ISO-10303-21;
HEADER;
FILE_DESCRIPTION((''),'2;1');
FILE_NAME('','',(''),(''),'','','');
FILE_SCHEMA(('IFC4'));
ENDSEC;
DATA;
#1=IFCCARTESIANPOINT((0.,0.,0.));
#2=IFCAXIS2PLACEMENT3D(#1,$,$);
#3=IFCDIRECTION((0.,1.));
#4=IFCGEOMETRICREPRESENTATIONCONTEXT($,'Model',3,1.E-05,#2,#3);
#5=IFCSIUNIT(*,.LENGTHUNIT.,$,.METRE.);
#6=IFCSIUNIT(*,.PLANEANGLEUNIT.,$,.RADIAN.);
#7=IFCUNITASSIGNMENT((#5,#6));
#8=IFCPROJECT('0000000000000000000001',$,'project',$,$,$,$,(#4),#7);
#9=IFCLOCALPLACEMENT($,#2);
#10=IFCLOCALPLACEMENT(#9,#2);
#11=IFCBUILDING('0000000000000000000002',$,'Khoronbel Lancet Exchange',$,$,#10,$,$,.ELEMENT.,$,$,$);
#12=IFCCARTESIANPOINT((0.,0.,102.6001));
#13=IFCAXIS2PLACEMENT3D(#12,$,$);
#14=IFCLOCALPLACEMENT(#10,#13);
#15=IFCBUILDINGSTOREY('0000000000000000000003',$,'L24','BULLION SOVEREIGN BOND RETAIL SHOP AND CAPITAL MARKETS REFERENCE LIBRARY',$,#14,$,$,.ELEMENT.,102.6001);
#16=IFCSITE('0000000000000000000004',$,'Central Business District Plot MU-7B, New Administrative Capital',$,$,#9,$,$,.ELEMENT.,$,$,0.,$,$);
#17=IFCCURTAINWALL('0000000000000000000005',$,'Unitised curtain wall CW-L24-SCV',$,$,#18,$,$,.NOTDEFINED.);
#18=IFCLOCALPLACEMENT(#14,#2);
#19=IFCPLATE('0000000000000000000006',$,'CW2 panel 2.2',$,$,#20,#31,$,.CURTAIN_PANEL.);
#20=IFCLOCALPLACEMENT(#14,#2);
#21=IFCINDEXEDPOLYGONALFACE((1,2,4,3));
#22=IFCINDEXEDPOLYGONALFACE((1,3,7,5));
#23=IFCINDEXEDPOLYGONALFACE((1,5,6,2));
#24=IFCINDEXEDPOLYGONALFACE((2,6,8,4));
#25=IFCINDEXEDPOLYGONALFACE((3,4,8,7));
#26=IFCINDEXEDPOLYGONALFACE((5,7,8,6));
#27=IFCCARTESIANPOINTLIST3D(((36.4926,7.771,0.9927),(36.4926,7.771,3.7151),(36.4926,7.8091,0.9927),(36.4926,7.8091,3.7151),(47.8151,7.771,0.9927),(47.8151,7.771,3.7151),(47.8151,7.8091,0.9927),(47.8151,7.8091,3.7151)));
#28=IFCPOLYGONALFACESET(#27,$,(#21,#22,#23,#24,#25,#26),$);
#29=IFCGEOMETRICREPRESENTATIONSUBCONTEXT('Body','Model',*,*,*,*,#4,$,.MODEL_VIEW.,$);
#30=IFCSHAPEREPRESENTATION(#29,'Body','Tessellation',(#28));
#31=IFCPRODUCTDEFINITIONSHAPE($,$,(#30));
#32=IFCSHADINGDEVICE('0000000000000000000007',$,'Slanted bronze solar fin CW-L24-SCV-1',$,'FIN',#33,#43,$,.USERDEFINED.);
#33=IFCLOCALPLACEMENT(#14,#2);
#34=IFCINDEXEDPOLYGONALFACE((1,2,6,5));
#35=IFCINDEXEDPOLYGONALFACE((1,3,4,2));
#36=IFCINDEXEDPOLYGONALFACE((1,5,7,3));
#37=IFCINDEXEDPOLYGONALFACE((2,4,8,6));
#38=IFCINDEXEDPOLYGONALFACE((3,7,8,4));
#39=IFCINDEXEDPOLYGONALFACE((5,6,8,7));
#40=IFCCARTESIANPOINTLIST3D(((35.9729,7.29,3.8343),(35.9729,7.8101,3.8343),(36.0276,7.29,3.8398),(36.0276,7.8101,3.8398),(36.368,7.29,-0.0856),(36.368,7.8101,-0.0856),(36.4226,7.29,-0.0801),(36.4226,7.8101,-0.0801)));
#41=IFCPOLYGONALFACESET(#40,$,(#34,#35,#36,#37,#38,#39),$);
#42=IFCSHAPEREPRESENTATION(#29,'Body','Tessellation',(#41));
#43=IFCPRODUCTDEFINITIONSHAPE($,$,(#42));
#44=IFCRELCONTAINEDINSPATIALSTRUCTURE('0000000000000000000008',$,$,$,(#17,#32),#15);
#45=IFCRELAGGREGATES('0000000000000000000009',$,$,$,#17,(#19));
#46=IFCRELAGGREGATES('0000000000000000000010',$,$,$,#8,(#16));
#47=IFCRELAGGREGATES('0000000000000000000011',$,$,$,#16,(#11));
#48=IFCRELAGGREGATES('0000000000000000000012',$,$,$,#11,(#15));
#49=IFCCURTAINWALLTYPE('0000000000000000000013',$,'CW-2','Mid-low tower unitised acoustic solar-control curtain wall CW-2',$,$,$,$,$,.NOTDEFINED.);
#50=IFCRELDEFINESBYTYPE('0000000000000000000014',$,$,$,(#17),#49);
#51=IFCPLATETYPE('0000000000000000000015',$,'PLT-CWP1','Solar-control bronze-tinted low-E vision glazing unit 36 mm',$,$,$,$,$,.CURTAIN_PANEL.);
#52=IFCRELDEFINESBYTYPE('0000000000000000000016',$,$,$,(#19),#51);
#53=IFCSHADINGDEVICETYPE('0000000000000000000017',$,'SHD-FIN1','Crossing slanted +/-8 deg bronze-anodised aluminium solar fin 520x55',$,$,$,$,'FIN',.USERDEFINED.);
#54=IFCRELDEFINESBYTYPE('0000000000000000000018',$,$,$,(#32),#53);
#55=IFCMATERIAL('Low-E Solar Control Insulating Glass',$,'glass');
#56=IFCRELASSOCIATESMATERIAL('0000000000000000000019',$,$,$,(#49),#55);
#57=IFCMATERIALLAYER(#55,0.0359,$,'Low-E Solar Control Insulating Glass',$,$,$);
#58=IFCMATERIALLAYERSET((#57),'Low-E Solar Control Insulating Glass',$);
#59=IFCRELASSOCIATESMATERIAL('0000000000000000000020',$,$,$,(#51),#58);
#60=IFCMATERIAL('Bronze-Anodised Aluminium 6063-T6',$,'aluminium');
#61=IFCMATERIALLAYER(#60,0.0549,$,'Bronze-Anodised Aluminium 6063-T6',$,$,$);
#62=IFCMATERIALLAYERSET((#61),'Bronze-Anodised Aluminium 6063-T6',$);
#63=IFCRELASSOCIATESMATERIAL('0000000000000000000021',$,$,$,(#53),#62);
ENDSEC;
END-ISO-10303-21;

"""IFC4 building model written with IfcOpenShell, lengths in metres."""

from ifc_helpers import new_model, si_unit, direction, frame, origin, origin_2d, place, context, subcontext, project, spatial, polyline, rectangle, outline, extrude, material, layer, layer_set, type_object, element, aggregate, save


model = new_model("IFC4")

# Units and contexts
model_context = context("Model", 3, precision=1e-05, world=origin(), true_north=direction((0.0, 1.0)))
body_context = subcontext(model_context, "Body", "Model", "MODEL_VIEW")
ifc_project = project(units=[si_unit("LENGTHUNIT", "METRE"), si_unit("PLANEANGLEUNIT", "RADIAN")], contexts=[model_context])

# Site, building, storey
site_placement = place(None, origin())
site = spatial("IfcSite", under=ifc_project, at=site_placement, Name="Central Business District Plot MU-7B, New Administrative Capital", CompositionType="ELEMENT", RefElevation=0.0)
building_placement = place(site_placement, origin())
building = spatial("IfcBuilding", under=site, at=building_placement, Name="Khoronbel Lancet Exchange", CompositionType="ELEMENT")
storey_placement = place(building_placement, frame((0.0, 0.0, 102.6001)))
storey = spatial("IfcBuildingStorey", under=building, at=storey_placement, Name="L24", Description="BULLION SOVEREIGN BOND RETAIL SHOP AND CAPITAL MARKETS REFERENCE LIBRARY", CompositionType="ELEMENT", Elevation=102.6001)

# Curtain wall
ifc_material_1 = material(Name="Low-E Solar Control Insulating Glass", Category="glass")
curtain_wall_type = type_object("IfcCurtainWallType", Name="CW-2", Description="Mid-low tower unitised acoustic solar-control curtain wall CW-2", PredefinedType="NOTDEFINED", material=ifc_material_1)
curtain_wall_1_placement = place(storey_placement, origin())
curtain_wall_1 = element("IfcCurtainWall", 1, at=curtain_wall_1_placement, inside=storey, type_object=curtain_wall_type, Name="Unitised curtain wall CW-L24-SCV", PredefinedType="NOTDEFINED")
ifc_material_2 = material(Name="Bronze-Anodised Aluminium 6063-T6", Category="aluminium")

# Plate
ifc_layer_1 = layer(ifc_material_1, 0.0359, Name="Low-E Solar Control Insulating Glass")
ifc_layer_set_1 = layer_set([ifc_layer_1], Name="Low-E Solar Control Insulating Glass")
plate_type_1 = type_object("IfcPlateType", Name="PLT-CWP1", Description="Solar-control bronze-tinted low-E vision glazing unit 36 mm", PredefinedType="CURTAIN_PANEL", material=ifc_layer_set_1)
plate_1_placement = place(storey_placement, frame((42.1538, 7.79, 0.9927), z_axis=(0.0, 0.0, 1.0), x_axis=(1.0, 0.0, 0.0)))
plate_1 = element("IfcPlate", 2, at=plate_1_placement, type_object=plate_type_1, Name="CW2 panel 2.2", PredefinedType="CURTAIN_PANEL", context=body_context, shape_type="SweptSolid", body=[
    extrude(rectangle(XDim=11.3225, YDim=0.0381, at=origin_2d()), origin(), (0.0, 0.0, 1.0), 2.7224),
])
aggregate(curtain_wall_1, [plate_1])

# Shading device
ifc_layer_2 = layer(ifc_material_2, 0.0549, Name="Bronze-Anodised Aluminium 6063-T6")
ifc_layer_set_2 = layer_set([ifc_layer_2], Name="Bronze-Anodised Aluminium 6063-T6")
shading_device_type = type_object("IfcShadingDeviceType", Name="SHD-FIN1", Description="Crossing slanted +/-8 deg bronze-anodised aluminium solar fin 520x55", ElementType="FIN", PredefinedType="USERDEFINED", material=ifc_layer_set_2)
shading_device_placement = place(storey_placement, frame((36.4226, 7.8101, -0.0801), z_axis=(0.994961, 0.0, 0.100264), x_axis=(0.0, -1.0, 0.0)))
element("IfcShadingDevice", 3, at=shading_device_placement, inside=storey, type_object=shading_device_type, Name="Slanted bronze solar fin CW-L24-SCV-1", ObjectType="FIN", PredefinedType="USERDEFINED", context=body_context, shape_type="SweptSolid", body=[
    extrude(outline(polyline([(0.0, 0.0), (0.52, 0.0), (0.52, -3.9397), (0.0, -3.9397), (0.0, 0.0)])), origin(), (0.0, 0.0, -1.0), 0.0549),
])

save(model, "model.ifc")
